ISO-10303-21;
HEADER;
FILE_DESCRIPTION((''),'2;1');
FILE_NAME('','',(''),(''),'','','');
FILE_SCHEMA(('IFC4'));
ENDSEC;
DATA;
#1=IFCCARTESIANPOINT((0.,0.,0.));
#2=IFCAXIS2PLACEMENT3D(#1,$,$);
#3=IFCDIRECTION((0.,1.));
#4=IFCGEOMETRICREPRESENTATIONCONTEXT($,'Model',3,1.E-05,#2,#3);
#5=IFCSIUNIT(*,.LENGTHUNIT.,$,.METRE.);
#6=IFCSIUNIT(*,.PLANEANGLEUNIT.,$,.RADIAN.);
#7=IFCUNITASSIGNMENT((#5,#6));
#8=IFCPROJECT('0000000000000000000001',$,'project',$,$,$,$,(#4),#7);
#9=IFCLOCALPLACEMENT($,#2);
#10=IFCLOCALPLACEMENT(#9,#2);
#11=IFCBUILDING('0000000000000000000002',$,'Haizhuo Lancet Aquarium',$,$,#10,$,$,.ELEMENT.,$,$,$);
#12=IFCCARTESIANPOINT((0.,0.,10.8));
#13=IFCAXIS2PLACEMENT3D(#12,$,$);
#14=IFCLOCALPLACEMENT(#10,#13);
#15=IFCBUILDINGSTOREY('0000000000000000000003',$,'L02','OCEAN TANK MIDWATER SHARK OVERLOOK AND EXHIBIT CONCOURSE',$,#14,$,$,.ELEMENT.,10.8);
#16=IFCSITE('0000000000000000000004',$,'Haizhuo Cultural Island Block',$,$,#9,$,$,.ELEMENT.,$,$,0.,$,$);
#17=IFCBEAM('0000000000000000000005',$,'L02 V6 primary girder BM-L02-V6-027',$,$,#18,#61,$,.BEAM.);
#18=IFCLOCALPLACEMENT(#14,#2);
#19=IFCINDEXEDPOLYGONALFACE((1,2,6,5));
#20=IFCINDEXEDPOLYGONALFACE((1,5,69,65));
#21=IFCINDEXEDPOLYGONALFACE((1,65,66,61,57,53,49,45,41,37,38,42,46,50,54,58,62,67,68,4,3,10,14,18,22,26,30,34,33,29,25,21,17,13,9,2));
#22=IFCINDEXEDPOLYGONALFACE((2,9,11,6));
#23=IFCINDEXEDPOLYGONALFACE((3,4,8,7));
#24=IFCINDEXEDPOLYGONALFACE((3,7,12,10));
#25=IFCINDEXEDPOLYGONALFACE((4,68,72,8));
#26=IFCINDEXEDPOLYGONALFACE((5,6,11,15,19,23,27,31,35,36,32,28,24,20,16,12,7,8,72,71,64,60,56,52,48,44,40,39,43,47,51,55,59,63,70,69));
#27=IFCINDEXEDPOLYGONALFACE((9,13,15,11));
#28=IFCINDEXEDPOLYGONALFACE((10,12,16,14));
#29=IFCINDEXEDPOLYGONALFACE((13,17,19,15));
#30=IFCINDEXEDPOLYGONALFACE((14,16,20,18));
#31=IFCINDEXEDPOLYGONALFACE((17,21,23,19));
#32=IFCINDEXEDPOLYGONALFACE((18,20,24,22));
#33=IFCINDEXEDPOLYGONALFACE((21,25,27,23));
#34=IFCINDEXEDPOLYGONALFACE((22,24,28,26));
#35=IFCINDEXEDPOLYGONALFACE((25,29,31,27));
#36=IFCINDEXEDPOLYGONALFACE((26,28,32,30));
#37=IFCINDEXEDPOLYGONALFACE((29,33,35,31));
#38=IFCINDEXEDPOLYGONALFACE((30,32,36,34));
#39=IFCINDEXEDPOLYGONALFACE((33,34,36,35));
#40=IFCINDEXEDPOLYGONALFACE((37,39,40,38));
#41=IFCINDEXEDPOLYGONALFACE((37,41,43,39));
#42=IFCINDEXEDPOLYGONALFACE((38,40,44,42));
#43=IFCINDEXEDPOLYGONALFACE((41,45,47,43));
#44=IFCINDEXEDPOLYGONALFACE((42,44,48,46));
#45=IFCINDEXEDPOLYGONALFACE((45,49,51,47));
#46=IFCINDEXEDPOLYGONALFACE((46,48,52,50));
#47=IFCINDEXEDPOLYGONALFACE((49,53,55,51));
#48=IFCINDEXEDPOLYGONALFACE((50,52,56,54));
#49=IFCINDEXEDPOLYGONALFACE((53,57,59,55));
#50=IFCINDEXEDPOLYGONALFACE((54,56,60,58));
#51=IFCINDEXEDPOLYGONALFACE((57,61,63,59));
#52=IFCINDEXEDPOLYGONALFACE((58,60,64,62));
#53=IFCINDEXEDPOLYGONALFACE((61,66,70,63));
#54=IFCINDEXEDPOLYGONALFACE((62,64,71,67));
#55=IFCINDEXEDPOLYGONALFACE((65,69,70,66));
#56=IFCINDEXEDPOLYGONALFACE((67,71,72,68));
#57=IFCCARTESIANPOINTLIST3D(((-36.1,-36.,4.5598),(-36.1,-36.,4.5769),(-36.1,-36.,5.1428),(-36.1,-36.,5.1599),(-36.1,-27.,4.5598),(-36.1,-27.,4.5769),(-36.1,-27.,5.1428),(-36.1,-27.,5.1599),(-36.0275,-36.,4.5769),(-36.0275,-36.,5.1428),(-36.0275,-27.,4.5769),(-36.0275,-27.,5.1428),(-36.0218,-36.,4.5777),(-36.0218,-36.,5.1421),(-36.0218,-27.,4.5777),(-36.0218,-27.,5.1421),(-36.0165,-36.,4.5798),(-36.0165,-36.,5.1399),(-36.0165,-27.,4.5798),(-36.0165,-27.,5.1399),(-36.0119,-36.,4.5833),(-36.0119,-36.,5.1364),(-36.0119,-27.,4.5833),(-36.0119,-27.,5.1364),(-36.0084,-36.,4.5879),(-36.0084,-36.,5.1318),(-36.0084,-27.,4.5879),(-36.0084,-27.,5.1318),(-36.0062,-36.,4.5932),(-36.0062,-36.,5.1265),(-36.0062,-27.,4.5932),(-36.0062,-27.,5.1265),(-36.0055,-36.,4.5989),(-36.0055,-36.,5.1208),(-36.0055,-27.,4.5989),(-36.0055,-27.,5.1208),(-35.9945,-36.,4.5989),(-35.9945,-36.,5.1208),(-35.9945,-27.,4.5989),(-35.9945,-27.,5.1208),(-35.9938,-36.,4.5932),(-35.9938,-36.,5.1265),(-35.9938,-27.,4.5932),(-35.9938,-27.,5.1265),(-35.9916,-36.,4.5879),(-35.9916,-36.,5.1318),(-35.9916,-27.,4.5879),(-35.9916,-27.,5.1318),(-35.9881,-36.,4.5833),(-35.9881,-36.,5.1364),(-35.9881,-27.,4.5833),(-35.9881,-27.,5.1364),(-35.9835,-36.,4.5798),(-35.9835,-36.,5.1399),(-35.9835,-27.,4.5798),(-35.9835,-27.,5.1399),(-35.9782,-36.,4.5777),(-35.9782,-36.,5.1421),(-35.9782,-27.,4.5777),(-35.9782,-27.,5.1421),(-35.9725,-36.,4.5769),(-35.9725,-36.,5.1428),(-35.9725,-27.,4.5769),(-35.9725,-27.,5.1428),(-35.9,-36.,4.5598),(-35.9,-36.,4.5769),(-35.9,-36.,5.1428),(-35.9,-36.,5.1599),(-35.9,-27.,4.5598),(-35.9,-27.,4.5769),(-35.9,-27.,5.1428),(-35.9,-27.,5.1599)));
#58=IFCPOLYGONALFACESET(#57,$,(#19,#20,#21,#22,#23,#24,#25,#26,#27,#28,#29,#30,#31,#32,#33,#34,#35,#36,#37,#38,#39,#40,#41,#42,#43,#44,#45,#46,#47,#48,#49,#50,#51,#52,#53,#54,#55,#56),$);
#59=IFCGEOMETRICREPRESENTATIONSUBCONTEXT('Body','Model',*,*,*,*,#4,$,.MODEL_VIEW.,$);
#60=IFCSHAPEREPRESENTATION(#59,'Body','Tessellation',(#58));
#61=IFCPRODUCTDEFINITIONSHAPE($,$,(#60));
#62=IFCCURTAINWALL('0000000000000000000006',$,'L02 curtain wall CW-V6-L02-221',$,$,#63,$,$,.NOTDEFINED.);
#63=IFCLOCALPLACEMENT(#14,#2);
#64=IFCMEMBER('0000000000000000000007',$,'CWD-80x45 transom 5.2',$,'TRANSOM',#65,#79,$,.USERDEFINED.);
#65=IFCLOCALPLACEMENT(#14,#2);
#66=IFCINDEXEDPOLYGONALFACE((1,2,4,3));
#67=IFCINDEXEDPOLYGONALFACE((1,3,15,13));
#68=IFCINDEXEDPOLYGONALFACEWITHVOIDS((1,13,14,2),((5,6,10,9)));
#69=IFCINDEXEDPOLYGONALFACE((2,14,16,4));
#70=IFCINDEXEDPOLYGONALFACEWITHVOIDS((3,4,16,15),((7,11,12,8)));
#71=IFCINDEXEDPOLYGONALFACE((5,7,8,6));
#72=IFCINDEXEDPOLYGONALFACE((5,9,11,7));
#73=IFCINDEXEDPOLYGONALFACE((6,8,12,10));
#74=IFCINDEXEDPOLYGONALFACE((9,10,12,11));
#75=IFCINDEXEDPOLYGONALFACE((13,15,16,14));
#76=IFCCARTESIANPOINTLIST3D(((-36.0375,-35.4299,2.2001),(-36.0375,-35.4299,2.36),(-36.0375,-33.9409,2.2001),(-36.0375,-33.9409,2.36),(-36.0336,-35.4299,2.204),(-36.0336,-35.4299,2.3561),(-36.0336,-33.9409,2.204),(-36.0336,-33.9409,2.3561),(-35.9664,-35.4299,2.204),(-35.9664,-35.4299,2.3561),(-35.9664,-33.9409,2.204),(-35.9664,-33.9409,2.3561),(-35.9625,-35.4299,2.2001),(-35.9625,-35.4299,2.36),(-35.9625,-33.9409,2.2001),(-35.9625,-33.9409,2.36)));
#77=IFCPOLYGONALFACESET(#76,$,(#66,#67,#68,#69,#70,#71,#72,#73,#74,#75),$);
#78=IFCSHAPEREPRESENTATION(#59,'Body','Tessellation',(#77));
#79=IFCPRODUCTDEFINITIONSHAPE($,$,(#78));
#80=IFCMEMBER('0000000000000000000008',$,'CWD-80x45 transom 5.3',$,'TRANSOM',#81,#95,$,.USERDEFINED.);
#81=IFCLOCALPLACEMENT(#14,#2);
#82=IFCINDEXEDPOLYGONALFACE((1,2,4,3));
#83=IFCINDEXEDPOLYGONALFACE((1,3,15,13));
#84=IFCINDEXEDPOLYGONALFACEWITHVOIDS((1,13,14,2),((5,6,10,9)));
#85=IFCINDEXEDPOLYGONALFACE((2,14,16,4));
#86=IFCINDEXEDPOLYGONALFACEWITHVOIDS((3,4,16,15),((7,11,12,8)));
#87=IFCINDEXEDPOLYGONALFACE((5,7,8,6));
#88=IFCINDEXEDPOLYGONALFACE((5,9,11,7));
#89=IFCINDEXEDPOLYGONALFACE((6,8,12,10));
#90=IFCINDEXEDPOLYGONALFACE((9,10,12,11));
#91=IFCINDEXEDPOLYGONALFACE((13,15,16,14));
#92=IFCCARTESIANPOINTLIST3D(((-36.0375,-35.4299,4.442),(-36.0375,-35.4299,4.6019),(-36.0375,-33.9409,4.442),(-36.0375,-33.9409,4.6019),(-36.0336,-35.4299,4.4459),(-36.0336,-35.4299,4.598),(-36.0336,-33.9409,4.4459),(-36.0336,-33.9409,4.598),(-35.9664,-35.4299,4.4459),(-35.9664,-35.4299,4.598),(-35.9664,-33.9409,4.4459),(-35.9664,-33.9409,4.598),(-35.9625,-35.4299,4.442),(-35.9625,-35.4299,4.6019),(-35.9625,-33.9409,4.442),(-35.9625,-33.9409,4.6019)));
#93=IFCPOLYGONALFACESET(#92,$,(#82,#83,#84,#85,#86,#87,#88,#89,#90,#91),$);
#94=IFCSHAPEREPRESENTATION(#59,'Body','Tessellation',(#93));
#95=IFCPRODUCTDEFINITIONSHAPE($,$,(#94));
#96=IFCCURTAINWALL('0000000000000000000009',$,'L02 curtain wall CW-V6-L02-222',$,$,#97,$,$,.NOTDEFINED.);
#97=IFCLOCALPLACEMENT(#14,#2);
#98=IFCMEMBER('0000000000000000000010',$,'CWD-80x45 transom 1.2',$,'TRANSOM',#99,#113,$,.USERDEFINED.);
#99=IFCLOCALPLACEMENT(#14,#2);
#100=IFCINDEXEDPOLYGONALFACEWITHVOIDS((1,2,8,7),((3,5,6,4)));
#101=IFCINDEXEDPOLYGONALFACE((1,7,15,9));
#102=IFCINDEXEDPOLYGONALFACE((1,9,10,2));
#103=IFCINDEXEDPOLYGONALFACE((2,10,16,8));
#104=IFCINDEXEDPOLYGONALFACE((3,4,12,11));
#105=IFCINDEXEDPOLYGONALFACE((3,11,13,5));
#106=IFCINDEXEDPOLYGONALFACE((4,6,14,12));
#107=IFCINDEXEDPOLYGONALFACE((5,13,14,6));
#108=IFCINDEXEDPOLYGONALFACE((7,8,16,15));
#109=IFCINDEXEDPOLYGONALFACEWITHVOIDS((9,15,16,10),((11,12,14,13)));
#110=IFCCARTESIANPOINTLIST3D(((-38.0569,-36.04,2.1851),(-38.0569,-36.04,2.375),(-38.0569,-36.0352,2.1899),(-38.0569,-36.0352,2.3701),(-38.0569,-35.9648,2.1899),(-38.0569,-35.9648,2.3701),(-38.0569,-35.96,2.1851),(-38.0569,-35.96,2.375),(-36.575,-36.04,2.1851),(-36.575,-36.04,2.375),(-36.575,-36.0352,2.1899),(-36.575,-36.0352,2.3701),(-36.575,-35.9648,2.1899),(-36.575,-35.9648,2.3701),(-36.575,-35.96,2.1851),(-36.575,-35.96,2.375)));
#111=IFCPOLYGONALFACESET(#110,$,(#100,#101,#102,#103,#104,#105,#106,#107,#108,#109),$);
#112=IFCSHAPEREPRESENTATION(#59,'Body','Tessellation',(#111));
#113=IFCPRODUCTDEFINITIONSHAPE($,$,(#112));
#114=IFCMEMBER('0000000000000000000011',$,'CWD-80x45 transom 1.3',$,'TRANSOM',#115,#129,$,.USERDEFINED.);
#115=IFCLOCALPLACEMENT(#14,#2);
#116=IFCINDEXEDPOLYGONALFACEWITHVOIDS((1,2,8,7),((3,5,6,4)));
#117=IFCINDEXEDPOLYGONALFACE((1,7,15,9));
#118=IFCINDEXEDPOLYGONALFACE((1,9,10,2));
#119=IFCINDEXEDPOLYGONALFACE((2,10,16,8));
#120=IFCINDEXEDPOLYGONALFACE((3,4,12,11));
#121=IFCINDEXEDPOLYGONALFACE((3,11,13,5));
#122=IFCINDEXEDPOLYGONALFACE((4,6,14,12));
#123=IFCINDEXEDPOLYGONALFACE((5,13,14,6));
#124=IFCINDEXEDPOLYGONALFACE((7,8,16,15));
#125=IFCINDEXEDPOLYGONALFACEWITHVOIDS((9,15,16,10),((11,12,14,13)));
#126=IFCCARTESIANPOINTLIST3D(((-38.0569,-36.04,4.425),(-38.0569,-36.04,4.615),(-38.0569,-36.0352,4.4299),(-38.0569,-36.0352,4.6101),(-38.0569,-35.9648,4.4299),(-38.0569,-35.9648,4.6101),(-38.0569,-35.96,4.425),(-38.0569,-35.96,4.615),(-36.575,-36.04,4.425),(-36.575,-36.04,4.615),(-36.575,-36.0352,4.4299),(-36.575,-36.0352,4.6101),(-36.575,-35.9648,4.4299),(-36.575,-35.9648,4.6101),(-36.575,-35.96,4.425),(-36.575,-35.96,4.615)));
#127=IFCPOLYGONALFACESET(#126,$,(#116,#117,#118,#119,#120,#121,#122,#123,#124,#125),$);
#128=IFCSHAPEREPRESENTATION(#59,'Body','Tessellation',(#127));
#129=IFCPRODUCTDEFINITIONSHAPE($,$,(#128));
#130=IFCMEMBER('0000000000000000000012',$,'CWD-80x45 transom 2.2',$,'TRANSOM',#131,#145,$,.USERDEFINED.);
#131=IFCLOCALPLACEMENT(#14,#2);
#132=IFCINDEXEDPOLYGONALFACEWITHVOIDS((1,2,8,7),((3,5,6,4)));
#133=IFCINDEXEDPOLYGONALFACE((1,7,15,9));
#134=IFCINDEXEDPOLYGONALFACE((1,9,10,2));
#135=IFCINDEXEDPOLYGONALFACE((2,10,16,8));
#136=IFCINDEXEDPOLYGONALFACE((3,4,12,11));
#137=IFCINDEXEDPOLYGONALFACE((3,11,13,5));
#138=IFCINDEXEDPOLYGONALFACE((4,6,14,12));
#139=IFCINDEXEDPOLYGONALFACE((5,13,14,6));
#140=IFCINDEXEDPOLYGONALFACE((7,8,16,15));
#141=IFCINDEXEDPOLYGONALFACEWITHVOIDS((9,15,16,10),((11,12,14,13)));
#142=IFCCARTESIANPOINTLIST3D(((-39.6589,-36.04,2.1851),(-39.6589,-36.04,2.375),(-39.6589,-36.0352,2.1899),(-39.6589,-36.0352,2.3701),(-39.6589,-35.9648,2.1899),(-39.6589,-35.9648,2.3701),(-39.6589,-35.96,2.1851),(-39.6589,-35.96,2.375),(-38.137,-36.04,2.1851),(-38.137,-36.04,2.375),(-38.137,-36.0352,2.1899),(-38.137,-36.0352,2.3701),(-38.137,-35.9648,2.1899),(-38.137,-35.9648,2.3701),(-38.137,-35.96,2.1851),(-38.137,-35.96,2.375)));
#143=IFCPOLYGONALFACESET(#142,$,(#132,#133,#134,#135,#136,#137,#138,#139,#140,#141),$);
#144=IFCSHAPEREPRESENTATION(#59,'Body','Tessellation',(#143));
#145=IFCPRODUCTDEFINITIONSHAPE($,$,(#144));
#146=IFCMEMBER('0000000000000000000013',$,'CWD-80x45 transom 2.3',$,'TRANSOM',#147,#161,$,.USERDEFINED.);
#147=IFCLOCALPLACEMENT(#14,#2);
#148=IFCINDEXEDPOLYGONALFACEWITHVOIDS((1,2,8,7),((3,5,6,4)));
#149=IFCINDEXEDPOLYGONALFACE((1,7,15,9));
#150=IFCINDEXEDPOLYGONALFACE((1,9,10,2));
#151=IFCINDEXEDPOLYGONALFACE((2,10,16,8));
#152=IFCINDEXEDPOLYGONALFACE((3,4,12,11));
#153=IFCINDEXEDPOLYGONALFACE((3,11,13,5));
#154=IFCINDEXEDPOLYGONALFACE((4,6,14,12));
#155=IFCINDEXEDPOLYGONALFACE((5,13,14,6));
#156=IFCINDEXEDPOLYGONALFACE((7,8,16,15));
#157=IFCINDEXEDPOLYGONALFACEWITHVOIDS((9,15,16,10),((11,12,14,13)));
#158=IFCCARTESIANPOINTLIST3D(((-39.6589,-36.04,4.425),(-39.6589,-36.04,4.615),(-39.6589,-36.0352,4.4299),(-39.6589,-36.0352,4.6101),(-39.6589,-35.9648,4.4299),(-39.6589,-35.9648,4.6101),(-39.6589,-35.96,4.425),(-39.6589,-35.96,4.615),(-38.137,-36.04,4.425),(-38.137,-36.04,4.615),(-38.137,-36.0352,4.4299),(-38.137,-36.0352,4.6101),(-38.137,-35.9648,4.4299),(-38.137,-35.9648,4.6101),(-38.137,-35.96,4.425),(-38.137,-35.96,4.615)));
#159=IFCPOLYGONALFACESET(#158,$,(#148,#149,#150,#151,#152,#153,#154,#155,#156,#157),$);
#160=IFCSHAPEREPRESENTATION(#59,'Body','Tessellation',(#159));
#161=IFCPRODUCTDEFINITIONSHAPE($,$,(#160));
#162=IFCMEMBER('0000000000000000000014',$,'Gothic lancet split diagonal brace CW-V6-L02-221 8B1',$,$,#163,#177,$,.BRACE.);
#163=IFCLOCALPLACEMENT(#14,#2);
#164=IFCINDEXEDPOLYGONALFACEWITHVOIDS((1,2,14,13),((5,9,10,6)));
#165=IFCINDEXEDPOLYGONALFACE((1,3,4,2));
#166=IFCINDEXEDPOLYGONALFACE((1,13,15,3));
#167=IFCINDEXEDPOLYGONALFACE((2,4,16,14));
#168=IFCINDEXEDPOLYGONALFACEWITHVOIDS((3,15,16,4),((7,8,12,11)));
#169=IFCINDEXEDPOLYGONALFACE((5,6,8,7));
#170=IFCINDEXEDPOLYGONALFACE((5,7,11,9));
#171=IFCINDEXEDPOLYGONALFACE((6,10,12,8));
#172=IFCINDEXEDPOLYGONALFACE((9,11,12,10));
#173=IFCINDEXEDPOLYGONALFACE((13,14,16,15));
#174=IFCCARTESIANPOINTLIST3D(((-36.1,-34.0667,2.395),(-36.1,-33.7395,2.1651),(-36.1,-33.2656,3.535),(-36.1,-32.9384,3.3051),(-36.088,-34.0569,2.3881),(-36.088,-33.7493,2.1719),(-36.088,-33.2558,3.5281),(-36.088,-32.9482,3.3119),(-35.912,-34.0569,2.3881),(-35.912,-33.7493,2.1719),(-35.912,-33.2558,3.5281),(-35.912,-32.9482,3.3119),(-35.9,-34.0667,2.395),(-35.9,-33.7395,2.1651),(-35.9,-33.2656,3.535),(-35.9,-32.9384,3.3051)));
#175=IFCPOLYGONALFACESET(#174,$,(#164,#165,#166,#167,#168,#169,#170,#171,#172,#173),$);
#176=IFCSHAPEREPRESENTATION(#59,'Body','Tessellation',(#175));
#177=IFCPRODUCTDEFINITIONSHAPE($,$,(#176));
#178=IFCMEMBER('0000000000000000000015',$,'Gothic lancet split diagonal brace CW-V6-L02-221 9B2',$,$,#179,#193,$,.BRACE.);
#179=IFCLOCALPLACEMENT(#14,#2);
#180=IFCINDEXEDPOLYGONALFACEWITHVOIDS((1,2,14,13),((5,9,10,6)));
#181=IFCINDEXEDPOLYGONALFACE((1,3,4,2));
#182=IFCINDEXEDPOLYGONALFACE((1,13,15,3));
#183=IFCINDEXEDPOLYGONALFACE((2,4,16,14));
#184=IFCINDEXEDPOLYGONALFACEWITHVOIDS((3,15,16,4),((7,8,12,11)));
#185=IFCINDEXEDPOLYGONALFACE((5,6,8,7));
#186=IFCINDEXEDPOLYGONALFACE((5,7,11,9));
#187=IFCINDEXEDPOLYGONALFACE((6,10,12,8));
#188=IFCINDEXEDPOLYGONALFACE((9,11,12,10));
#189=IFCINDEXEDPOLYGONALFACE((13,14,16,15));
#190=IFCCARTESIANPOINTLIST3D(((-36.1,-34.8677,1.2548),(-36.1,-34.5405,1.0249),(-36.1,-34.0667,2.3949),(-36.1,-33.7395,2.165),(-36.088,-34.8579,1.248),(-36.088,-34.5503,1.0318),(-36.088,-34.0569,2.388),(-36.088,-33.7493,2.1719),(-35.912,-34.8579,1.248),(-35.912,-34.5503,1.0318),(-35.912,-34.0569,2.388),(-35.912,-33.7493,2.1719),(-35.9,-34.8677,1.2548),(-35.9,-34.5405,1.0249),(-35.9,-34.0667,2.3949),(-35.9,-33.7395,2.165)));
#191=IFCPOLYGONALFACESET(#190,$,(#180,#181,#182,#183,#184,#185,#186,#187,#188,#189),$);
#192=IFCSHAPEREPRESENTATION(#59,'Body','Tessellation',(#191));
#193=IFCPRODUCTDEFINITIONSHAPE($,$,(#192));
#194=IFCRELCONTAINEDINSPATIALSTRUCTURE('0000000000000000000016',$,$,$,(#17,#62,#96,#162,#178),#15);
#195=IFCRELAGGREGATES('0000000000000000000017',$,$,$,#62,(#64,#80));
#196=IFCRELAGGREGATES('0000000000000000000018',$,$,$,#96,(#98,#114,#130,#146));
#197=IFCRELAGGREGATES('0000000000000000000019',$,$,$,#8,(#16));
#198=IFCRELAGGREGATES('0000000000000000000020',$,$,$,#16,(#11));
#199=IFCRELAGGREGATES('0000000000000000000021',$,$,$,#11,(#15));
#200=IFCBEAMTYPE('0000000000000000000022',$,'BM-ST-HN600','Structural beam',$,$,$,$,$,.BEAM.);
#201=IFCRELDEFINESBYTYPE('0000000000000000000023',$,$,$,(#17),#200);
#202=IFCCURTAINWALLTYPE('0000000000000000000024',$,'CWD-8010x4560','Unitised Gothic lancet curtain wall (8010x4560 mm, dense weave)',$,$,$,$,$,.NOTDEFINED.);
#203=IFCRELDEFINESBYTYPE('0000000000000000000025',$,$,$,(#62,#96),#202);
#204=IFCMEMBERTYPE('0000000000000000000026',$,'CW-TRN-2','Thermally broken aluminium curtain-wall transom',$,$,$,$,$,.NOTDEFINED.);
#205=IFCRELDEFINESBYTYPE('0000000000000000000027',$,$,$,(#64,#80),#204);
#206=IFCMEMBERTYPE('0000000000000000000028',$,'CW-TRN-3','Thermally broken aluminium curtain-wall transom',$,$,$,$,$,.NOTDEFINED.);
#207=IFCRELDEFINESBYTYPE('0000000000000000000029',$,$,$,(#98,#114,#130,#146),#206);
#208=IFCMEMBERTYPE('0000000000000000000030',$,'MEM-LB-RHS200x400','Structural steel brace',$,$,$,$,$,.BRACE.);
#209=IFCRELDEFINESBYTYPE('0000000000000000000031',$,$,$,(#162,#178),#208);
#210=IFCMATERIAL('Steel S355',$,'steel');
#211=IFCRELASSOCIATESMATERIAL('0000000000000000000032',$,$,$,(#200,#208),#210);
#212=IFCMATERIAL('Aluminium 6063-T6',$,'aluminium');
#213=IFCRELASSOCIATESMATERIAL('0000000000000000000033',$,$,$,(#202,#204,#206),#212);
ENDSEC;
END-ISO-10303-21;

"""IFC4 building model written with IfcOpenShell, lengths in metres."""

from ifc_helpers import new_model, si_unit, direction, frame, origin, origin_2d, place, context, subcontext, project, spatial, hollow_rectangle, i_section, extrude, material, material_profile, profile_set, type_object, element, aggregate, save


model = new_model("IFC4")

# Units and contexts
model_context = context("Model", 3, precision=1e-05, world=origin(), true_north=direction((0.0, 1.0)))
body_context = subcontext(model_context, "Body", "Model", "MODEL_VIEW")
ifc_project = project(units=[si_unit("LENGTHUNIT", "METRE"), si_unit("PLANEANGLEUNIT", "RADIAN")], contexts=[model_context])

# Site, building, storey
site_placement = place(None, origin())
site = spatial("IfcSite", under=ifc_project, at=site_placement, Name="Haizhuo Cultural Island Block", CompositionType="ELEMENT", RefElevation=0.0)
building_placement = place(site_placement, origin())
building = spatial("IfcBuilding", under=site, at=building_placement, Name="Haizhuo Lancet Aquarium", CompositionType="ELEMENT")
storey_placement = place(building_placement, frame((0.0, 0.0, 10.8)))
storey = spatial("IfcBuildingStorey", under=building, at=storey_placement, Name="L02", Description="OCEAN TANK MIDWATER SHARK OVERLOOK AND EXHIBIT CONCOURSE", CompositionType="ELEMENT", Elevation=10.8)

# Beam
ifc_material_1 = material(Name="Steel S355", Category="steel")
ifc_material_profile_1 = material_profile(ifc_material_1, i_section(OverallWidth=0.2, OverallDepth=0.6001, WebThickness=0.011, FlangeThickness=0.0171, FilletRadius=0.022, at=origin_2d()), Name="HN 600x200x11x17")
ifc_profile_set_1 = profile_set([ifc_material_profile_1], Name="Steel S355")
beam_type = type_object("IfcBeamType", Name="BM-ST-HN600", Description="Structural beam", PredefinedType="BEAM", material=ifc_profile_set_1)
beam_placement = place(storey_placement, frame((-36.0, -36.0, 4.8599), z_axis=(0.0, 1.0, 0.0), x_axis=(-1.0, 0.0, 0.0)))
element("IfcBeam", 1, at=beam_placement, inside=storey, type_object=beam_type, Name="L02 V6 primary girder BM-L02-V6-027", PredefinedType="BEAM", context=body_context, shape_type="SweptSolid", body=[
    extrude(i_section(OverallWidth=0.2, OverallDepth=0.6001, WebThickness=0.011, FlangeThickness=0.0171, FilletRadius=0.022, at=origin_2d()), origin(), (0.0, 0.0, 1.0), 9.0),
])

# Curtain walls, members
ifc_material_2 = material(Name="Aluminium 6063-T6", Category="aluminium")
curtain_wall_type = type_object("IfcCurtainWallType", Name="CWD-8010x4560", Description="Unitised Gothic lancet curtain wall (8010x4560 mm, dense weave)", PredefinedType="NOTDEFINED", material=ifc_material_2)
curtain_wall_1_placement = place(storey_placement, origin())
curtain_wall_1 = element("IfcCurtainWall", 2, at=curtain_wall_1_placement, inside=storey, type_object=curtain_wall_type, Name="L02 curtain wall CW-V6-L02-221", PredefinedType="NOTDEFINED")
ifc_material_profile_2 = material_profile(ifc_material_2, hollow_rectangle(XDim=0.075, YDim=0.1599, WallThickness=0.0039, at=origin_2d()), Name="ALU-T 75x160x4")
ifc_profile_set_2 = profile_set([ifc_material_profile_2], Name="Aluminium 6063-T6")
member_type_1 = type_object("IfcMemberType", Name="CW-TRN-2", Description="Thermally broken aluminium curtain-wall transom", PredefinedType="NOTDEFINED", material=ifc_profile_set_2)
member_1_placement = place(storey_placement, frame((-36.0, -33.9409, 2.28), z_axis=(0.0, -1.0, 0.0), x_axis=(1.0, 0.0, 0.0)))
member_1 = element("IfcMember", 3, at=member_1_placement, type_object=member_type_1, Name="CWD-80x45 transom 5.2", ObjectType="TRANSOM", PredefinedType="USERDEFINED", context=body_context, shape_type="SweptSolid", body=[
    extrude(hollow_rectangle(XDim=0.075, YDim=0.1599, WallThickness=0.0039, at=origin_2d()), origin(), (0.0, 0.0, 1.0), 1.489),
])
member_2_placement = place(storey_placement, frame((-36.0, -33.9409, 4.522), z_axis=(0.0, -1.0, 0.0), x_axis=(1.0, 0.0, 0.0)))
member_2 = element("IfcMember", 4, at=member_2_placement, type_object=member_type_1, Name="CWD-80x45 transom 5.3", ObjectType="TRANSOM", PredefinedType="USERDEFINED", context=body_context, shape_type="SweptSolid", body=[
    extrude(hollow_rectangle(XDim=0.075, YDim=0.1599, WallThickness=0.0039, at=origin_2d()), origin(), (0.0, 0.0, 1.0), 1.489),
])
curtain_wall_2_placement = place(storey_placement, origin())
curtain_wall_2 = element("IfcCurtainWall", 5, at=curtain_wall_2_placement, inside=storey, type_object=curtain_wall_type, Name="L02 curtain wall CW-V6-L02-222", PredefinedType="NOTDEFINED")
ifc_material_profile_3 = material_profile(ifc_material_2, hollow_rectangle(XDim=0.0801, YDim=0.1899, WallThickness=0.0049, at=origin_2d()), Name="ALU-T 80x190x5")
ifc_profile_set_3 = profile_set([ifc_material_profile_3], Name="Aluminium 6063-T6")
member_type_2 = type_object("IfcMemberType", Name="CW-TRN-3", Description="Thermally broken aluminium curtain-wall transom", PredefinedType="NOTDEFINED", material=ifc_profile_set_3)
member_3_placement = place(storey_placement, frame((-36.575, -36.0, 2.28), z_axis=(-1.0, 0.0, 0.0), x_axis=(0.0, -1.0, 0.0)))
member_3 = element("IfcMember", 6, at=member_3_placement, type_object=member_type_2, Name="CWD-80x45 transom 1.2", ObjectType="TRANSOM", PredefinedType="USERDEFINED", context=body_context, shape_type="SweptSolid", body=[
    extrude(hollow_rectangle(XDim=0.0801, YDim=0.1899, WallThickness=0.0049, at=origin_2d()), origin(), (0.0, 0.0, 1.0), 1.4819),
])
member_4_placement = place(storey_placement, frame((-36.575, -36.0, 4.52), z_axis=(-1.0, 0.0, 0.0), x_axis=(0.0, -1.0, 0.0)))
member_4 = element("IfcMember", 7, at=member_4_placement, type_object=member_type_2, Name="CWD-80x45 transom 1.3", ObjectType="TRANSOM", PredefinedType="USERDEFINED", context=body_context, shape_type="SweptSolid", body=[
    extrude(hollow_rectangle(XDim=0.0801, YDim=0.1899, WallThickness=0.0049, at=origin_2d()), origin(), (0.0, 0.0, 1.0), 1.4819),
])
member_5_placement = place(storey_placement, frame((-38.137, -36.0, 2.28), z_axis=(-1.0, 0.0, 0.0), x_axis=(0.0, -1.0, 0.0)))
member_5 = element("IfcMember", 8, at=member_5_placement, type_object=member_type_2, Name="CWD-80x45 transom 2.2", ObjectType="TRANSOM", PredefinedType="USERDEFINED", context=body_context, shape_type="SweptSolid", body=[
    extrude(hollow_rectangle(XDim=0.0801, YDim=0.1899, WallThickness=0.0049, at=origin_2d()), origin(), (0.0, 0.0, 1.0), 1.522),
])
member_6_placement = place(storey_placement, frame((-38.137, -36.0, 4.52), z_axis=(-1.0, 0.0, 0.0), x_axis=(0.0, -1.0, 0.0)))
member_6 = element("IfcMember", 9, at=member_6_placement, type_object=member_type_2, Name="CWD-80x45 transom 2.3", ObjectType="TRANSOM", PredefinedType="USERDEFINED", context=body_context, shape_type="SweptSolid", body=[
    extrude(hollow_rectangle(XDim=0.0801, YDim=0.1899, WallThickness=0.0049, at=origin_2d()), origin(), (0.0, 0.0, 1.0), 1.522),
])

# Members
ifc_material_profile_4 = material_profile(ifc_material_1, hollow_rectangle(XDim=0.2, YDim=0.3999, WallThickness=0.012, at=origin_2d()), Name="RHS 200x400x12")
ifc_profile_set_4 = profile_set([ifc_material_profile_4], Name="Steel S355")
member_type_3 = type_object("IfcMemberType", Name="MEM-LB-RHS200x400", Description="Structural steel brace", PredefinedType="BRACE", material=ifc_profile_set_4)
for number, where, z_axis, x_axis, name in (
    (10, (-36.0, -33.9031, 2.28), (0.0, 0.574955, 0.818185), (-1.0, 0.0, 0.0), "Gothic lancet split diagonal brace CW-V6-L02-221 8B1"),
    (11, (-36.0, -34.7041, 1.1399), (0.0, 0.574873, 0.818243), (-1.0, 0.0, 0.0), "Gothic lancet split diagonal brace CW-V6-L02-221 9B2"),
):
    element("IfcMember", number, at=place(storey_placement, frame(where, z_axis=z_axis, x_axis=x_axis)), inside=storey, type_object=member_type_3, Name=name, PredefinedType="BRACE", context=body_context, shape_type="SweptSolid", body=[
        extrude(hollow_rectangle(XDim=0.2, YDim=0.3999, WallThickness=0.012, at=origin_2d()), origin(), (0.0, 0.0, 1.0), 1.3933),
    ])

aggregate(curtain_wall_1, [member_1, member_2])
aggregate(curtain_wall_2, [member_3, member_4, member_5, member_6])

save(model, "model.ifc")
